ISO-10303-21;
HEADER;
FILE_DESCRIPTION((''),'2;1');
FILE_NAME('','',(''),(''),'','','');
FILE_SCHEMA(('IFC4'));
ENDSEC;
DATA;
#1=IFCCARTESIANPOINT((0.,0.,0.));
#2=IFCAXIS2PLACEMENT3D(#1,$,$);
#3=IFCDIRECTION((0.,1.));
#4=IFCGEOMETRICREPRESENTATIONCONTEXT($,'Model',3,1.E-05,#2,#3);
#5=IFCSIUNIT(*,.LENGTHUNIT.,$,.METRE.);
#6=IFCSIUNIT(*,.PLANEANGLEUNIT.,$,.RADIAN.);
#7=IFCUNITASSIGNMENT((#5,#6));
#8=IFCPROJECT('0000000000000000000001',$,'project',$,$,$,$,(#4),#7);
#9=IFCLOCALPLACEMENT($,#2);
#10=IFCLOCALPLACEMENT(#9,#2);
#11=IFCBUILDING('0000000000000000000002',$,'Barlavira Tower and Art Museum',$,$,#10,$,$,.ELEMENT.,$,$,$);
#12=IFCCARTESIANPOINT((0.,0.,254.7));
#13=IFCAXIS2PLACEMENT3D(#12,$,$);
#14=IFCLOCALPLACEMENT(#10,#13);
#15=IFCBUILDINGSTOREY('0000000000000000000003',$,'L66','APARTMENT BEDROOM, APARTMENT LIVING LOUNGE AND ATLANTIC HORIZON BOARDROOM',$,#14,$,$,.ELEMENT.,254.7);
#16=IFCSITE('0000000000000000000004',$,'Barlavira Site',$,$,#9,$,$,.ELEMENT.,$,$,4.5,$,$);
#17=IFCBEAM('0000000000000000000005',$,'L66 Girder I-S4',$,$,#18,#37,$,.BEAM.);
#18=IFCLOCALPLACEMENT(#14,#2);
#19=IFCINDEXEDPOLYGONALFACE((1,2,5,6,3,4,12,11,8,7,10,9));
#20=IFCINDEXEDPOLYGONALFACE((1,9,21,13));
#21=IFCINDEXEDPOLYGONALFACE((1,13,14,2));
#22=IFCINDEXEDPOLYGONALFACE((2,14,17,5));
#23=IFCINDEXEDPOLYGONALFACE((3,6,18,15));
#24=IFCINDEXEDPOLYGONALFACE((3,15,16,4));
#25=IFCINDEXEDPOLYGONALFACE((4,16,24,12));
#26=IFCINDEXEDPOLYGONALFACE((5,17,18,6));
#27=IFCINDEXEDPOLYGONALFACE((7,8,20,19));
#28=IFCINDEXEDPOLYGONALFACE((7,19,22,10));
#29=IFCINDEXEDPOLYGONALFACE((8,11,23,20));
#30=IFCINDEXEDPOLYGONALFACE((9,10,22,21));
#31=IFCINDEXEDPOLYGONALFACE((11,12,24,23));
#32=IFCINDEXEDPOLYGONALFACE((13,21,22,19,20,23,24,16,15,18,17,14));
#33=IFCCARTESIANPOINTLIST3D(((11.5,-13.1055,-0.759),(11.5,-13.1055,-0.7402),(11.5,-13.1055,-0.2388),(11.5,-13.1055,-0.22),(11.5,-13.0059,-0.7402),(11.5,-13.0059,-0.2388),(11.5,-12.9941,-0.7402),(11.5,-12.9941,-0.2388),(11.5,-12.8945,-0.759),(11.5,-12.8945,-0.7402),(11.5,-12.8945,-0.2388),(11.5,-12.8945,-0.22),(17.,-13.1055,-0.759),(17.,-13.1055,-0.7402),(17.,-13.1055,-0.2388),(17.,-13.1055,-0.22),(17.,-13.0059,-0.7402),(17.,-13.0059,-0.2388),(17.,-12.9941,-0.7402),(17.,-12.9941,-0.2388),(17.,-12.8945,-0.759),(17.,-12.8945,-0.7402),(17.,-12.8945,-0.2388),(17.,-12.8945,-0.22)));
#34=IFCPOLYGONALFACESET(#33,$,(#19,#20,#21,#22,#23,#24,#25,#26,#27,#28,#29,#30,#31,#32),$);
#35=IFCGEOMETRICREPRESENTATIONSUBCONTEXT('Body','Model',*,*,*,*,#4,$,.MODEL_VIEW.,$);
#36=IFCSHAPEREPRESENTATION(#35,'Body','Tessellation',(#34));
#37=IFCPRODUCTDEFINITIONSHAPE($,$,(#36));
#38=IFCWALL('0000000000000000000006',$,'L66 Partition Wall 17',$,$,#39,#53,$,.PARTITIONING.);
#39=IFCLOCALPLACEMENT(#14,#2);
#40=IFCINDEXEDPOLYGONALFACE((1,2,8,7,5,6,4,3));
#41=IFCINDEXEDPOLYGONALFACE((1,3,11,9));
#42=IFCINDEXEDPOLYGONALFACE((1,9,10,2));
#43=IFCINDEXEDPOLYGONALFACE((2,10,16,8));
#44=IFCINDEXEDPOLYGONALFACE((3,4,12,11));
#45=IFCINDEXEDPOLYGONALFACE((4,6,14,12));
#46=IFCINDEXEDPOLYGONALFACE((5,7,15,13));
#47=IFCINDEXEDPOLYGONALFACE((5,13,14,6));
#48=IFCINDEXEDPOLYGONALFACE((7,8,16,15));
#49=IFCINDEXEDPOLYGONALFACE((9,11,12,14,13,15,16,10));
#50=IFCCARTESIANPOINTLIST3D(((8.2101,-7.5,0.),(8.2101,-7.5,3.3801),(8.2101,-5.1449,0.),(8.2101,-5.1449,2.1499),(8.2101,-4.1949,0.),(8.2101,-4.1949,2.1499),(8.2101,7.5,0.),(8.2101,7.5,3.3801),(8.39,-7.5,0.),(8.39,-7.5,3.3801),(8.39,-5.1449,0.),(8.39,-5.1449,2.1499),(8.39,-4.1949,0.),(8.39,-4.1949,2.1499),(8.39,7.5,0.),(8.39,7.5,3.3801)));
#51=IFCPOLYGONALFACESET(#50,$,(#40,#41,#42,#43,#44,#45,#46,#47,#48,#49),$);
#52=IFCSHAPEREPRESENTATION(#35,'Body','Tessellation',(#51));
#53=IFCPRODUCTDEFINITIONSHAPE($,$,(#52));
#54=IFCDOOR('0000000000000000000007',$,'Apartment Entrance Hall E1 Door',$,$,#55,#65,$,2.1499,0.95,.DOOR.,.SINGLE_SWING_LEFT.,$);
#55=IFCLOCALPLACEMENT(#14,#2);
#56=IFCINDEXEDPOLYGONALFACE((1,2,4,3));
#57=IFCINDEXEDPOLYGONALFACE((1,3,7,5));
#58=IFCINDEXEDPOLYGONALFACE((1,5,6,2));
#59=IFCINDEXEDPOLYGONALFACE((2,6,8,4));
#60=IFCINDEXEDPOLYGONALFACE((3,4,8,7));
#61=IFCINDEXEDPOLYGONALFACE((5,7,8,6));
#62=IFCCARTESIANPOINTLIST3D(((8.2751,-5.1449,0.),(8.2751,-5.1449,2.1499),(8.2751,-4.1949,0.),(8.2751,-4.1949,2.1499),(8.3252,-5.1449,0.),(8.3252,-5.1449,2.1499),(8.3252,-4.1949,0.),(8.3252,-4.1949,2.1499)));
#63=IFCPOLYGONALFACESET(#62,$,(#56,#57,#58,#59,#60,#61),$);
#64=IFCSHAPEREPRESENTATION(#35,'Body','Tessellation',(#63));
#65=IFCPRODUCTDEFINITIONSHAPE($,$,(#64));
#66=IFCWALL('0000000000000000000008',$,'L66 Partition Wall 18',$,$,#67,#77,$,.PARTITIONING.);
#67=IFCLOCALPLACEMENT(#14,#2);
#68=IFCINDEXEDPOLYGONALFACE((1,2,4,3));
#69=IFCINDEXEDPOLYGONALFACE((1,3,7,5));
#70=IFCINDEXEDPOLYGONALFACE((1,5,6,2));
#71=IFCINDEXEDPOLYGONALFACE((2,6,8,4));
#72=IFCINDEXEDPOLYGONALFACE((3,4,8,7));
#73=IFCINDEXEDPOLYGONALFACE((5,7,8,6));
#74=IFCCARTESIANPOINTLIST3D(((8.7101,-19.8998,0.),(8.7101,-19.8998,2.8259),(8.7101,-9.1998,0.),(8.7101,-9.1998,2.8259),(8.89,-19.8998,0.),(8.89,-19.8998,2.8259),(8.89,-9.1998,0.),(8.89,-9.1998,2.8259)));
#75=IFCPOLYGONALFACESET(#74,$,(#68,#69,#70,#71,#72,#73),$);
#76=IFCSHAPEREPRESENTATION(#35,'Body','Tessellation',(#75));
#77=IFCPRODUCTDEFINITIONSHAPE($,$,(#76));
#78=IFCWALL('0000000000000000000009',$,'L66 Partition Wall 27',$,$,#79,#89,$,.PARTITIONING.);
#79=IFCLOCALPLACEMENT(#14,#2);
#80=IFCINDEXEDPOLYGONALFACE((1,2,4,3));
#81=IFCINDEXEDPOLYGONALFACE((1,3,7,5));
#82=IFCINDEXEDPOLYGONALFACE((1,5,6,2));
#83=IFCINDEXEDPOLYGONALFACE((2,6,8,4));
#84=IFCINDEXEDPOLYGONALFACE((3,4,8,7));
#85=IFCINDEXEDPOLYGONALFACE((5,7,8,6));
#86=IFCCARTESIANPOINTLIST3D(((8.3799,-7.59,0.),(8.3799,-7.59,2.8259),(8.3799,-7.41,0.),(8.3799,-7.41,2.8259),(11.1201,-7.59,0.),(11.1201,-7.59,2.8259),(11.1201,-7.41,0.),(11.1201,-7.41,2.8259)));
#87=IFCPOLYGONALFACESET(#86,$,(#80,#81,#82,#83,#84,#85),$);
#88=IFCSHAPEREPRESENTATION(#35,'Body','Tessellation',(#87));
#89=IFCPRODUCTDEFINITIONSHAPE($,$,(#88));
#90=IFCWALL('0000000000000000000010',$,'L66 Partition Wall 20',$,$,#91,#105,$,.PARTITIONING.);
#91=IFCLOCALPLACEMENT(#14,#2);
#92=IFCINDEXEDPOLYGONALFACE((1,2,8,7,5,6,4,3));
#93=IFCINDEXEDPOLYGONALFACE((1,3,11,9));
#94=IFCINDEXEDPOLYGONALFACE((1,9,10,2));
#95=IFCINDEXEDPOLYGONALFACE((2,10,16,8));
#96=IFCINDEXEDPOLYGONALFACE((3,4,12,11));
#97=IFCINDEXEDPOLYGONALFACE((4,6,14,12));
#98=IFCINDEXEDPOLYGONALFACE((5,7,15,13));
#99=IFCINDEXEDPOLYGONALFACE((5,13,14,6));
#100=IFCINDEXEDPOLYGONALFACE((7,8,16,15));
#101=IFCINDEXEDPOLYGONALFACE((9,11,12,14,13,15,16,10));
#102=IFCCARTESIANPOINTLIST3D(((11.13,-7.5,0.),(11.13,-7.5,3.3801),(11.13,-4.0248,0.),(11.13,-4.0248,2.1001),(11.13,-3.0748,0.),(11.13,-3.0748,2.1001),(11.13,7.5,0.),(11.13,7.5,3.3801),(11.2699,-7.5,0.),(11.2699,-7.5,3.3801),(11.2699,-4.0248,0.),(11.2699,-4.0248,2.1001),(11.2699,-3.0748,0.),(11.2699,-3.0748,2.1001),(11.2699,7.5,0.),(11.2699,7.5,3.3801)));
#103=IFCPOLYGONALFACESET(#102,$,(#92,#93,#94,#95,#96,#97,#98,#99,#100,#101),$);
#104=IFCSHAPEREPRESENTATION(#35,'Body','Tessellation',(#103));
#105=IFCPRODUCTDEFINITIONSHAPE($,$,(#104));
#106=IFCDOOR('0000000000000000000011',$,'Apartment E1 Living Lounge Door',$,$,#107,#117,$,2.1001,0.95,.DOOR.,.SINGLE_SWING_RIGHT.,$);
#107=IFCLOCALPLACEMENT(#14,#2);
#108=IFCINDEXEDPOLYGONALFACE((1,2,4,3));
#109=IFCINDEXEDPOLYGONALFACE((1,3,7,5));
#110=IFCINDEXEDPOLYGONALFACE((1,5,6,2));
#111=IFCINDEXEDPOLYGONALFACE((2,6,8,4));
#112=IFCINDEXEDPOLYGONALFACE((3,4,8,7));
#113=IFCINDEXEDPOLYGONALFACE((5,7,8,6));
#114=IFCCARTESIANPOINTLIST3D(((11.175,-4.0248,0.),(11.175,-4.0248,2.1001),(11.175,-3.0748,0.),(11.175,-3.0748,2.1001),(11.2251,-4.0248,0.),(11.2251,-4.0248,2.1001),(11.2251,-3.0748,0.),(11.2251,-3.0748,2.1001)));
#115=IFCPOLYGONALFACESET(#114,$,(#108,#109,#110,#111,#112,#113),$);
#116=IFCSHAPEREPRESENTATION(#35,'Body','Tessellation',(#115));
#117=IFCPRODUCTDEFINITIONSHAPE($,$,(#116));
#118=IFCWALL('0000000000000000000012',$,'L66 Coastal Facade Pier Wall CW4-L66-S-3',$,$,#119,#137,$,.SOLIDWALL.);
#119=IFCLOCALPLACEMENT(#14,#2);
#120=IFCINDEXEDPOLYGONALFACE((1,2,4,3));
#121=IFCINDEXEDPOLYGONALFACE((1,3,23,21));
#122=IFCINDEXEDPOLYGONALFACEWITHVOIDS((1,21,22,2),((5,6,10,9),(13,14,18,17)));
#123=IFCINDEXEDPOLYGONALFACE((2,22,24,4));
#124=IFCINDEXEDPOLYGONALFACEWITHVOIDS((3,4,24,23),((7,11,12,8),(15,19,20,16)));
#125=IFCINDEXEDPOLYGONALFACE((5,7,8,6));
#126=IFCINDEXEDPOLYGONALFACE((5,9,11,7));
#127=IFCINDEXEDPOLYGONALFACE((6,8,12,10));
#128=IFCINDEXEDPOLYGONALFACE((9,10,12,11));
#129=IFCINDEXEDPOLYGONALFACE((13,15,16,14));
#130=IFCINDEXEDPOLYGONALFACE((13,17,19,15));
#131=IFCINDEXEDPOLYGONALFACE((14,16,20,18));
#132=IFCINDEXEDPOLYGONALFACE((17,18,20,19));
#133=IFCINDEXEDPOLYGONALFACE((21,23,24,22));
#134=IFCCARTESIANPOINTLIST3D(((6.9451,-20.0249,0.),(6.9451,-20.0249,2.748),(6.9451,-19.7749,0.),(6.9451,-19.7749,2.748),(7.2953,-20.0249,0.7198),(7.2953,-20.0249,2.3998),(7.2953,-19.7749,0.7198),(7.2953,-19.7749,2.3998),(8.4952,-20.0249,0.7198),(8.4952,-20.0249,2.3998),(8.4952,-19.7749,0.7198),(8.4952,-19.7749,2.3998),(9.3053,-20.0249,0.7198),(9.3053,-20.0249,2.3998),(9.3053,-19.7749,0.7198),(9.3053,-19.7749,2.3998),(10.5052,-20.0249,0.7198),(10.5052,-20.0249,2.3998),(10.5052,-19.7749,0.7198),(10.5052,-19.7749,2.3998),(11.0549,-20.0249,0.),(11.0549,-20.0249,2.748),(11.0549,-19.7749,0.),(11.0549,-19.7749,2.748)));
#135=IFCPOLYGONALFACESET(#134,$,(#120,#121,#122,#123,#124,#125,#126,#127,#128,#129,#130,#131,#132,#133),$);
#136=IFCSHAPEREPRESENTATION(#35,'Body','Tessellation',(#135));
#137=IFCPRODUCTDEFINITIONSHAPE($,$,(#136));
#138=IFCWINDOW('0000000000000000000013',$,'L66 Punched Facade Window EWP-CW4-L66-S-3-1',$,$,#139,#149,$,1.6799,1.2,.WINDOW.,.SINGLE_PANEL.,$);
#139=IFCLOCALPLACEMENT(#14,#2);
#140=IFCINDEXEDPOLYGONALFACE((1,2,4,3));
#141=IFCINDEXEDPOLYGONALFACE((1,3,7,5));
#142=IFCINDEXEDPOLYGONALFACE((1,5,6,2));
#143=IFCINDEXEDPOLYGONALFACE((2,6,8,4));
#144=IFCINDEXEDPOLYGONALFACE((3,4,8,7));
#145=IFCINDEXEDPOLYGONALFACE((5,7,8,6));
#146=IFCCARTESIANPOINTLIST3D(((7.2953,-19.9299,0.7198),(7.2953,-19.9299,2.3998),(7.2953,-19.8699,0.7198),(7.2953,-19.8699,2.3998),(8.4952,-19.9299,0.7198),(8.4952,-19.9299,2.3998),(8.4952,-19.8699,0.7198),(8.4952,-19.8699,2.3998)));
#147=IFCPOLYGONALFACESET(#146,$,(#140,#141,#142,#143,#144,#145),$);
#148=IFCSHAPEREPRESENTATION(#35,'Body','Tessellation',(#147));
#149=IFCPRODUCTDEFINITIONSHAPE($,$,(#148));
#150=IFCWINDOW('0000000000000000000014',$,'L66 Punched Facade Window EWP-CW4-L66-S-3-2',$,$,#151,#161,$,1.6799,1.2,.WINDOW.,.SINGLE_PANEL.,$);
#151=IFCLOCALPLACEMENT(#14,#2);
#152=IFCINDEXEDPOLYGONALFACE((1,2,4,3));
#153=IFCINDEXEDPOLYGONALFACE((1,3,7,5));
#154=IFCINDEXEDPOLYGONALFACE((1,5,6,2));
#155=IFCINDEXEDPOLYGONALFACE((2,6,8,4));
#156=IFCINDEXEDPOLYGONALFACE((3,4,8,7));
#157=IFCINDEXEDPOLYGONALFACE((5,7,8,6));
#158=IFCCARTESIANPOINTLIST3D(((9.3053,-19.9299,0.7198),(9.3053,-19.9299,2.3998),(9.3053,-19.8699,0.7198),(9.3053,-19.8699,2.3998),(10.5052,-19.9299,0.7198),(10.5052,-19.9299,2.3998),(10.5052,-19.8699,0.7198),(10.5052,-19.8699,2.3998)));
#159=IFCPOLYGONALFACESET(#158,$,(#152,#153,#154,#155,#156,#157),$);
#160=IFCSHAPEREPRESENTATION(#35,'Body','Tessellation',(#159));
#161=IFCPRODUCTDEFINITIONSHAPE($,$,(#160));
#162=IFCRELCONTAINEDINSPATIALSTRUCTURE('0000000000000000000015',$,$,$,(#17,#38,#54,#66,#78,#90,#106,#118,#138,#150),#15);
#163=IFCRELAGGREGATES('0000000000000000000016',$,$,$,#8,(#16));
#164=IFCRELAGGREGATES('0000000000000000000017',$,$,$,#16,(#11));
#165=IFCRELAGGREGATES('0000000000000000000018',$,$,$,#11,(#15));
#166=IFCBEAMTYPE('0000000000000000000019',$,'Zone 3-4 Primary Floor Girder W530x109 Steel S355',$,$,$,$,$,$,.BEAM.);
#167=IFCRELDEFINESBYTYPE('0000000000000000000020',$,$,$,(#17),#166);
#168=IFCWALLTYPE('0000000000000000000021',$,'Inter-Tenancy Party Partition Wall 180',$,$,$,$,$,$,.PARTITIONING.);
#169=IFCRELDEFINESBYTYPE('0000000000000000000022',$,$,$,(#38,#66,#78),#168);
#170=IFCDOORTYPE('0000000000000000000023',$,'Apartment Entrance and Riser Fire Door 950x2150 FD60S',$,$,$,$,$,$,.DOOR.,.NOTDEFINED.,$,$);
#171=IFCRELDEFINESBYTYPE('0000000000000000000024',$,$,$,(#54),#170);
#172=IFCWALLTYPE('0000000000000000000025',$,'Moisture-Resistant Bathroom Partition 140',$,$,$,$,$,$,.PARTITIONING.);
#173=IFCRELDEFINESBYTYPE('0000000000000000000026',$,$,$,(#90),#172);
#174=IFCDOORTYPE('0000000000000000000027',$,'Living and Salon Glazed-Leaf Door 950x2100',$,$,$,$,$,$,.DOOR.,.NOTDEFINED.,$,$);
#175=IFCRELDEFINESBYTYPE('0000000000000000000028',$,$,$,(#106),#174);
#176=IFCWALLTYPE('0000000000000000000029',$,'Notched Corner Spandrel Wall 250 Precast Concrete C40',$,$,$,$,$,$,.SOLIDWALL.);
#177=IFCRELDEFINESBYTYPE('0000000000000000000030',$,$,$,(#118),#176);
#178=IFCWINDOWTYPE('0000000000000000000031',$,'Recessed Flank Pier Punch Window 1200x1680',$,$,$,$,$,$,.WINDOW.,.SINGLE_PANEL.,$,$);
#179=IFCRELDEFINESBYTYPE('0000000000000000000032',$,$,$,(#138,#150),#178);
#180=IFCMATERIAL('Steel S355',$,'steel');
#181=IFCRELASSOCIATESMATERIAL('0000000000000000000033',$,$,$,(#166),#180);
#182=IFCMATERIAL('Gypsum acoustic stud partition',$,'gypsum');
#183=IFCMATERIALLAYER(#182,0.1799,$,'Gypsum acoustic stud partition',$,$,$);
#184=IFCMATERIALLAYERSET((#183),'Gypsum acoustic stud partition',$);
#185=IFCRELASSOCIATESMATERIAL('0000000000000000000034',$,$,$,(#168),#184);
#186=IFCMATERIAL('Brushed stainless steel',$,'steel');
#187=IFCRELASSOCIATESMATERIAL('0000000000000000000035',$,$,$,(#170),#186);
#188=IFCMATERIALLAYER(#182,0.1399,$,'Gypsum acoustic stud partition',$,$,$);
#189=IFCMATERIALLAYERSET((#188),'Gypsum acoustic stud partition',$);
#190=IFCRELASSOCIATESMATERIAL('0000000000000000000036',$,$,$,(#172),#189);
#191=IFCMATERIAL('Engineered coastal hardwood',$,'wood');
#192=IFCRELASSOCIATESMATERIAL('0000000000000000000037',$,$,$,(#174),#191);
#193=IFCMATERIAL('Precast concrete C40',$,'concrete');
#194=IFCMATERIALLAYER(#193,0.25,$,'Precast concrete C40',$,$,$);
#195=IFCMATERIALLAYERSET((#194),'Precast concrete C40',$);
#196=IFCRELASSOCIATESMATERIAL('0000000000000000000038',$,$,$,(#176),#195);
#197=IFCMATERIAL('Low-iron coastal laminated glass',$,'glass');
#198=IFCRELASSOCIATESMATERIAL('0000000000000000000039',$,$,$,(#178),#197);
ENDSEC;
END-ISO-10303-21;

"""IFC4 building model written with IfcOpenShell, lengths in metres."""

from ifc_helpers import new_model, si_unit, direction, frame, frame_2d, origin, origin_2d, place, context, subcontext, project, spatial, rectangle, i_section, extrude, material, layer, layer_set, material_profile, profile_set, type_object, element, fill, save


model = new_model("IFC4")

# Units and contexts
model_context = context("Model", 3, precision=1e-05, world=origin(), true_north=direction((0.0, 1.0)))
body_context = subcontext(model_context, "Body", "Model", "MODEL_VIEW")
ifc_project = project(units=[si_unit("LENGTHUNIT", "METRE"), si_unit("PLANEANGLEUNIT", "RADIAN")], contexts=[model_context])

# Site, building, storey
site_placement = place(None, origin())
site = spatial("IfcSite", under=ifc_project, at=site_placement, Name="Barlavira Site", CompositionType="ELEMENT", RefElevation=4.5)
building_placement = place(site_placement, origin())
building = spatial("IfcBuilding", under=site, at=building_placement, Name="Barlavira Tower and Art Museum", CompositionType="ELEMENT")
storey_placement = place(building_placement, frame((0.0, 0.0, 254.7)))
storey = spatial("IfcBuildingStorey", under=building, at=storey_placement, Name="L66", Description="APARTMENT BEDROOM, APARTMENT LIVING LOUNGE AND ATLANTIC HORIZON BOARDROOM", CompositionType="ELEMENT", Elevation=254.7)

# Shared definitions
ifc_material_1 = material(Name="Steel S355", Category="steel")

# Beam
ifc_material_profile_1 = material_profile(ifc_material_1, i_section(OverallWidth=0.2109, OverallDepth=0.5391, WebThickness=0.0117, FlangeThickness=0.0188, at=origin_2d()), Name="W530x109.0")
ifc_profile_set_1 = profile_set([ifc_material_profile_1], Name="Steel S355")
beam_type_1 = type_object("IfcBeamType", Name="Zone 3-4 Primary Floor Girder W530x109 Steel S355", PredefinedType="BEAM", material=ifc_profile_set_1)
beam_1_placement = place(storey_placement, frame((11.5, -13.0, -0.4895), z_axis=(1.0, 0.0, 0.0), x_axis=(0.0, 1.0, 0.0)))
element("IfcBeam", 1, at=beam_1_placement, inside=storey, type_object=beam_type_1, Name="L66 Girder I-S4", PredefinedType="BEAM", context=body_context, shape_type="SweptSolid", body=[
    extrude(i_section(OverallWidth=0.2109, OverallDepth=0.5391, WebThickness=0.0117, FlangeThickness=0.0188, at=origin_2d()), origin(), (0.0, 0.0, 1.0), 5.5),
])

# Wall, opening, door
ifc_material_2 = material(Name="Gypsum acoustic stud partition", Category="gypsum")
ifc_layer_1 = layer(ifc_material_2, 0.1799, Name="Gypsum acoustic stud partition")
ifc_layer_set_1 = layer_set([ifc_layer_1], Name="Gypsum acoustic stud partition")
wall_type_1 = type_object("IfcWallType", Name="Inter-Tenancy Party Partition Wall 180", PredefinedType="PARTITIONING", material=ifc_layer_set_1)
wall_1_placement = place(storey_placement, frame((8.3, -7.5, 0.0), z_axis=(0.0, 0.0, 1.0), x_axis=(0.0, 1.0, 0.0)))
wall_1 = element("IfcWall", 2, at=wall_1_placement, inside=storey, type_object=wall_type_1, Name="L66 Partition Wall 17", PredefinedType="PARTITIONING", context=body_context, shape_type="SweptSolid", body=[
    extrude(rectangle(XDim=15.0, YDim=0.1799, at=frame_2d((7.5, 0.0))), origin(), (0.0, 0.0, 1.0), 3.3801),
])
opening_1_placement = place(wall_1_placement, frame((2.355, 0.0, 0.0)))
opening_1 = element("IfcOpeningElement", 3, at=opening_1_placement, cuts=wall_1, PredefinedType="OPENING", context=body_context, shape_type="SweptSolid", body=[
    extrude(rectangle(XDim=0.95, YDim=2.1499, at=frame_2d((0.4751, 1.075))), frame((0.0, 0.1001, 0.0), z_axis=(0.0, -1.0, 0.0), x_axis=(1.0, 0.0, 0.0)), (0.0, 0.0, 1.0), 0.2),
])
ifc_material_3 = material(Name="Brushed stainless steel", Category="steel")
door_type_1 = type_object("IfcDoorType", Name="Apartment Entrance and Riser Fire Door 950x2150 FD60S", OperationType="NOTDEFINED", PredefinedType="DOOR", material=ifc_material_3)
door_1_placement = place(opening_1_placement, origin())
door_1 = element("IfcDoor", 4, at=door_1_placement, inside=storey, type_object=door_type_1, Name="Apartment Entrance Hall E1 Door", OperationType="SINGLE_SWING_LEFT", OverallHeight=2.1499, OverallWidth=0.95, PredefinedType="DOOR", context=body_context, shape_type="SweptSolid", body=[
    extrude(rectangle(XDim=0.95, YDim=2.1499, at=frame_2d((0.4751, 1.075))), frame((0.0, 0.0249, 0.0), z_axis=(0.0, -1.0, 0.0), x_axis=(1.0, 0.0, 0.0)), (0.0, 0.0, 1.0), 0.05),
])
fill(opening_1, door_1)

# Wall
wall_2_placement = place(storey_placement, frame((8.8, -19.8999, 0.0), z_axis=(0.0, 0.0, 1.0), x_axis=(0.0, 1.0, 0.0)))
element("IfcWall", 5, at=wall_2_placement, inside=storey, type_object=wall_type_1, Name="L66 Partition Wall 18", PredefinedType="PARTITIONING", context=body_context, shape_type="SweptSolid", body=[
    extrude(rectangle(XDim=10.7, YDim=0.1799, at=frame_2d((5.3501, 0.0))), origin(), (0.0, 0.0, 1.0), 2.8259),
])

# Wall
wall_3_placement = place(storey_placement, frame((8.3799, -7.5, 0.0), z_axis=(0.0, 0.0, 1.0), x_axis=(1.0, 0.0, 0.0)))
element("IfcWall", 6, at=wall_3_placement, inside=storey, type_object=wall_type_1, Name="L66 Partition Wall 27", PredefinedType="PARTITIONING", context=body_context, shape_type="SweptSolid", body=[
    extrude(rectangle(XDim=2.7402, YDim=0.1799, at=frame_2d((1.3701, 0.0))), origin(), (0.0, 0.0, 1.0), 2.8259),
])

# Wall, opening, door
ifc_layer_2 = layer(ifc_material_2, 0.1399, Name="Gypsum acoustic stud partition")
ifc_layer_set_2 = layer_set([ifc_layer_2], Name="Gypsum acoustic stud partition")
wall_type_2 = type_object("IfcWallType", Name="Moisture-Resistant Bathroom Partition 140", PredefinedType="PARTITIONING", material=ifc_layer_set_2)
wall_4_placement = place(storey_placement, frame((11.2, -7.5, 0.0), z_axis=(0.0, 0.0, 1.0), x_axis=(0.0, 1.0, 0.0)))
wall_4 = element("IfcWall", 7, at=wall_4_placement, inside=storey, type_object=wall_type_2, Name="L66 Partition Wall 20", PredefinedType="PARTITIONING", context=body_context, shape_type="SweptSolid", body=[
    extrude(rectangle(XDim=15.0, YDim=0.1399, at=frame_2d((7.5, 0.0))), origin(), (0.0, 0.0, 1.0), 3.3801),
])
opening_2_placement = place(wall_4_placement, frame((3.4751, 0.0, 0.0)))
opening_2 = element("IfcOpeningElement", 8, at=opening_2_placement, cuts=wall_4, PredefinedType="OPENING", context=body_context, shape_type="SweptSolid", body=[
    extrude(rectangle(XDim=0.95, YDim=2.1001, at=frame_2d((0.4751, 1.05))), frame((0.0, 0.0801, 0.0), z_axis=(0.0, -1.0, 0.0), x_axis=(1.0, 0.0, 0.0)), (0.0, 0.0, 1.0), 0.1599),
])
ifc_material_4 = material(Name="Engineered coastal hardwood", Category="wood")
door_type_2 = type_object("IfcDoorType", Name="Living and Salon Glazed-Leaf Door 950x2100", OperationType="NOTDEFINED", PredefinedType="DOOR", material=ifc_material_4)
door_2_placement = place(opening_2_placement, origin())
door_2 = element("IfcDoor", 9, at=door_2_placement, inside=storey, type_object=door_type_2, Name="Apartment E1 Living Lounge Door", OperationType="SINGLE_SWING_RIGHT", OverallHeight=2.1001, OverallWidth=0.95, PredefinedType="DOOR", context=body_context, shape_type="SweptSolid", body=[
    extrude(rectangle(XDim=0.95, YDim=2.1001, at=frame_2d((0.4751, 1.05))), frame((0.0, 0.0249, 0.0), z_axis=(0.0, -1.0, 0.0), x_axis=(1.0, 0.0, 0.0)), (0.0, 0.0, 1.0), 0.05),
])
fill(opening_2, door_2)

# Wall, openings, windows
ifc_material_5 = material(Name="Precast concrete C40", Category="concrete")
ifc_layer_3 = layer(ifc_material_5, 0.25, Name="Precast concrete C40")
ifc_layer_set_3 = layer_set([ifc_layer_3], Name="Precast concrete C40")
wall_type_3 = type_object("IfcWallType", Name="Notched Corner Spandrel Wall 250 Precast Concrete C40", PredefinedType="SOLIDWALL", material=ifc_layer_set_3)
wall_5_placement = place(storey_placement, frame((6.9451, -19.8999, 0.0), z_axis=(0.0, 0.0, 1.0), x_axis=(1.0, 0.0, 0.0)))
wall_5 = element("IfcWall", 10, at=wall_5_placement, inside=storey, type_object=wall_type_3, Name="L66 Coastal Facade Pier Wall CW4-L66-S-3", PredefinedType="SOLIDWALL", context=body_context, shape_type="SweptSolid", body=[
    extrude(rectangle(XDim=4.1099, YDim=0.25, at=frame_2d((2.0549, 0.0))), origin(), (0.0, 0.0, 1.0), 2.748),
])
opening_3_placement = place(wall_5_placement, frame((0.3501, 0.0, 0.72)))
opening_3 = element("IfcOpeningElement", 11, at=opening_3_placement, cuts=wall_5, PredefinedType="OPENING", context=body_context, shape_type="SweptSolid", body=[
    extrude(rectangle(XDim=1.2, YDim=1.6799, at=frame_2d((0.6001, 0.8398))), frame((0.0, 0.135, 0.0), z_axis=(0.0, -1.0, 0.0), x_axis=(1.0, 0.0, 0.0)), (0.0, 0.0, 1.0), 0.27),
])
opening_4_placement = place(wall_5_placement, frame((2.3601, 0.0, 0.72)))
opening_4 = element("IfcOpeningElement", 12, at=opening_4_placement, cuts=wall_5, PredefinedType="OPENING", context=body_context, shape_type="SweptSolid", body=[
    extrude(rectangle(XDim=1.2, YDim=1.6799, at=frame_2d((0.6001, 0.8398))), frame((0.0, 0.135, 0.0), z_axis=(0.0, -1.0, 0.0), x_axis=(1.0, 0.0, 0.0)), (0.0, 0.0, 1.0), 0.27),
])
ifc_material_6 = material(Name="Low-iron coastal laminated glass", Category="glass")
window_type_1 = type_object("IfcWindowType", Name="Recessed Flank Pier Punch Window 1200x1680", PartitioningType="SINGLE_PANEL", PredefinedType="WINDOW", material=ifc_material_6)
window_1_placement = place(opening_3_placement, origin())
window_1 = element("IfcWindow", 13, at=window_1_placement, inside=storey, type_object=window_type_1, Name="L66 Punched Facade Window EWP-CW4-L66-S-3-1", OverallHeight=1.6799, OverallWidth=1.2, PartitioningType="SINGLE_PANEL", PredefinedType="WINDOW", context=body_context, shape_type="SweptSolid", body=[
    extrude(rectangle(XDim=1.2, YDim=1.6799, at=frame_2d((0.6001, 0.8398))), frame((0.0, 0.03, 0.0), z_axis=(0.0, -1.0, 0.0), x_axis=(1.0, 0.0, 0.0)), (0.0, 0.0, 1.0), 0.0601),
])
fill(opening_3, window_1)
window_2_placement = place(opening_4_placement, origin())
window_2 = element("IfcWindow", 14, at=window_2_placement, inside=storey, type_object=window_type_1, Name="L66 Punched Facade Window EWP-CW4-L66-S-3-2", OverallHeight=1.6799, OverallWidth=1.2, PartitioningType="SINGLE_PANEL", PredefinedType="WINDOW", context=body_context, shape_type="SweptSolid", body=[
    extrude(rectangle(XDim=1.2, YDim=1.6799, at=frame_2d((0.6001, 0.8398))), frame((0.0, 0.03, 0.0), z_axis=(0.0, -1.0, 0.0), x_axis=(1.0, 0.0, 0.0)), (0.0, 0.0, 1.0), 0.0601),
])
fill(opening_4, window_2)

save(model, "model.ifc")
